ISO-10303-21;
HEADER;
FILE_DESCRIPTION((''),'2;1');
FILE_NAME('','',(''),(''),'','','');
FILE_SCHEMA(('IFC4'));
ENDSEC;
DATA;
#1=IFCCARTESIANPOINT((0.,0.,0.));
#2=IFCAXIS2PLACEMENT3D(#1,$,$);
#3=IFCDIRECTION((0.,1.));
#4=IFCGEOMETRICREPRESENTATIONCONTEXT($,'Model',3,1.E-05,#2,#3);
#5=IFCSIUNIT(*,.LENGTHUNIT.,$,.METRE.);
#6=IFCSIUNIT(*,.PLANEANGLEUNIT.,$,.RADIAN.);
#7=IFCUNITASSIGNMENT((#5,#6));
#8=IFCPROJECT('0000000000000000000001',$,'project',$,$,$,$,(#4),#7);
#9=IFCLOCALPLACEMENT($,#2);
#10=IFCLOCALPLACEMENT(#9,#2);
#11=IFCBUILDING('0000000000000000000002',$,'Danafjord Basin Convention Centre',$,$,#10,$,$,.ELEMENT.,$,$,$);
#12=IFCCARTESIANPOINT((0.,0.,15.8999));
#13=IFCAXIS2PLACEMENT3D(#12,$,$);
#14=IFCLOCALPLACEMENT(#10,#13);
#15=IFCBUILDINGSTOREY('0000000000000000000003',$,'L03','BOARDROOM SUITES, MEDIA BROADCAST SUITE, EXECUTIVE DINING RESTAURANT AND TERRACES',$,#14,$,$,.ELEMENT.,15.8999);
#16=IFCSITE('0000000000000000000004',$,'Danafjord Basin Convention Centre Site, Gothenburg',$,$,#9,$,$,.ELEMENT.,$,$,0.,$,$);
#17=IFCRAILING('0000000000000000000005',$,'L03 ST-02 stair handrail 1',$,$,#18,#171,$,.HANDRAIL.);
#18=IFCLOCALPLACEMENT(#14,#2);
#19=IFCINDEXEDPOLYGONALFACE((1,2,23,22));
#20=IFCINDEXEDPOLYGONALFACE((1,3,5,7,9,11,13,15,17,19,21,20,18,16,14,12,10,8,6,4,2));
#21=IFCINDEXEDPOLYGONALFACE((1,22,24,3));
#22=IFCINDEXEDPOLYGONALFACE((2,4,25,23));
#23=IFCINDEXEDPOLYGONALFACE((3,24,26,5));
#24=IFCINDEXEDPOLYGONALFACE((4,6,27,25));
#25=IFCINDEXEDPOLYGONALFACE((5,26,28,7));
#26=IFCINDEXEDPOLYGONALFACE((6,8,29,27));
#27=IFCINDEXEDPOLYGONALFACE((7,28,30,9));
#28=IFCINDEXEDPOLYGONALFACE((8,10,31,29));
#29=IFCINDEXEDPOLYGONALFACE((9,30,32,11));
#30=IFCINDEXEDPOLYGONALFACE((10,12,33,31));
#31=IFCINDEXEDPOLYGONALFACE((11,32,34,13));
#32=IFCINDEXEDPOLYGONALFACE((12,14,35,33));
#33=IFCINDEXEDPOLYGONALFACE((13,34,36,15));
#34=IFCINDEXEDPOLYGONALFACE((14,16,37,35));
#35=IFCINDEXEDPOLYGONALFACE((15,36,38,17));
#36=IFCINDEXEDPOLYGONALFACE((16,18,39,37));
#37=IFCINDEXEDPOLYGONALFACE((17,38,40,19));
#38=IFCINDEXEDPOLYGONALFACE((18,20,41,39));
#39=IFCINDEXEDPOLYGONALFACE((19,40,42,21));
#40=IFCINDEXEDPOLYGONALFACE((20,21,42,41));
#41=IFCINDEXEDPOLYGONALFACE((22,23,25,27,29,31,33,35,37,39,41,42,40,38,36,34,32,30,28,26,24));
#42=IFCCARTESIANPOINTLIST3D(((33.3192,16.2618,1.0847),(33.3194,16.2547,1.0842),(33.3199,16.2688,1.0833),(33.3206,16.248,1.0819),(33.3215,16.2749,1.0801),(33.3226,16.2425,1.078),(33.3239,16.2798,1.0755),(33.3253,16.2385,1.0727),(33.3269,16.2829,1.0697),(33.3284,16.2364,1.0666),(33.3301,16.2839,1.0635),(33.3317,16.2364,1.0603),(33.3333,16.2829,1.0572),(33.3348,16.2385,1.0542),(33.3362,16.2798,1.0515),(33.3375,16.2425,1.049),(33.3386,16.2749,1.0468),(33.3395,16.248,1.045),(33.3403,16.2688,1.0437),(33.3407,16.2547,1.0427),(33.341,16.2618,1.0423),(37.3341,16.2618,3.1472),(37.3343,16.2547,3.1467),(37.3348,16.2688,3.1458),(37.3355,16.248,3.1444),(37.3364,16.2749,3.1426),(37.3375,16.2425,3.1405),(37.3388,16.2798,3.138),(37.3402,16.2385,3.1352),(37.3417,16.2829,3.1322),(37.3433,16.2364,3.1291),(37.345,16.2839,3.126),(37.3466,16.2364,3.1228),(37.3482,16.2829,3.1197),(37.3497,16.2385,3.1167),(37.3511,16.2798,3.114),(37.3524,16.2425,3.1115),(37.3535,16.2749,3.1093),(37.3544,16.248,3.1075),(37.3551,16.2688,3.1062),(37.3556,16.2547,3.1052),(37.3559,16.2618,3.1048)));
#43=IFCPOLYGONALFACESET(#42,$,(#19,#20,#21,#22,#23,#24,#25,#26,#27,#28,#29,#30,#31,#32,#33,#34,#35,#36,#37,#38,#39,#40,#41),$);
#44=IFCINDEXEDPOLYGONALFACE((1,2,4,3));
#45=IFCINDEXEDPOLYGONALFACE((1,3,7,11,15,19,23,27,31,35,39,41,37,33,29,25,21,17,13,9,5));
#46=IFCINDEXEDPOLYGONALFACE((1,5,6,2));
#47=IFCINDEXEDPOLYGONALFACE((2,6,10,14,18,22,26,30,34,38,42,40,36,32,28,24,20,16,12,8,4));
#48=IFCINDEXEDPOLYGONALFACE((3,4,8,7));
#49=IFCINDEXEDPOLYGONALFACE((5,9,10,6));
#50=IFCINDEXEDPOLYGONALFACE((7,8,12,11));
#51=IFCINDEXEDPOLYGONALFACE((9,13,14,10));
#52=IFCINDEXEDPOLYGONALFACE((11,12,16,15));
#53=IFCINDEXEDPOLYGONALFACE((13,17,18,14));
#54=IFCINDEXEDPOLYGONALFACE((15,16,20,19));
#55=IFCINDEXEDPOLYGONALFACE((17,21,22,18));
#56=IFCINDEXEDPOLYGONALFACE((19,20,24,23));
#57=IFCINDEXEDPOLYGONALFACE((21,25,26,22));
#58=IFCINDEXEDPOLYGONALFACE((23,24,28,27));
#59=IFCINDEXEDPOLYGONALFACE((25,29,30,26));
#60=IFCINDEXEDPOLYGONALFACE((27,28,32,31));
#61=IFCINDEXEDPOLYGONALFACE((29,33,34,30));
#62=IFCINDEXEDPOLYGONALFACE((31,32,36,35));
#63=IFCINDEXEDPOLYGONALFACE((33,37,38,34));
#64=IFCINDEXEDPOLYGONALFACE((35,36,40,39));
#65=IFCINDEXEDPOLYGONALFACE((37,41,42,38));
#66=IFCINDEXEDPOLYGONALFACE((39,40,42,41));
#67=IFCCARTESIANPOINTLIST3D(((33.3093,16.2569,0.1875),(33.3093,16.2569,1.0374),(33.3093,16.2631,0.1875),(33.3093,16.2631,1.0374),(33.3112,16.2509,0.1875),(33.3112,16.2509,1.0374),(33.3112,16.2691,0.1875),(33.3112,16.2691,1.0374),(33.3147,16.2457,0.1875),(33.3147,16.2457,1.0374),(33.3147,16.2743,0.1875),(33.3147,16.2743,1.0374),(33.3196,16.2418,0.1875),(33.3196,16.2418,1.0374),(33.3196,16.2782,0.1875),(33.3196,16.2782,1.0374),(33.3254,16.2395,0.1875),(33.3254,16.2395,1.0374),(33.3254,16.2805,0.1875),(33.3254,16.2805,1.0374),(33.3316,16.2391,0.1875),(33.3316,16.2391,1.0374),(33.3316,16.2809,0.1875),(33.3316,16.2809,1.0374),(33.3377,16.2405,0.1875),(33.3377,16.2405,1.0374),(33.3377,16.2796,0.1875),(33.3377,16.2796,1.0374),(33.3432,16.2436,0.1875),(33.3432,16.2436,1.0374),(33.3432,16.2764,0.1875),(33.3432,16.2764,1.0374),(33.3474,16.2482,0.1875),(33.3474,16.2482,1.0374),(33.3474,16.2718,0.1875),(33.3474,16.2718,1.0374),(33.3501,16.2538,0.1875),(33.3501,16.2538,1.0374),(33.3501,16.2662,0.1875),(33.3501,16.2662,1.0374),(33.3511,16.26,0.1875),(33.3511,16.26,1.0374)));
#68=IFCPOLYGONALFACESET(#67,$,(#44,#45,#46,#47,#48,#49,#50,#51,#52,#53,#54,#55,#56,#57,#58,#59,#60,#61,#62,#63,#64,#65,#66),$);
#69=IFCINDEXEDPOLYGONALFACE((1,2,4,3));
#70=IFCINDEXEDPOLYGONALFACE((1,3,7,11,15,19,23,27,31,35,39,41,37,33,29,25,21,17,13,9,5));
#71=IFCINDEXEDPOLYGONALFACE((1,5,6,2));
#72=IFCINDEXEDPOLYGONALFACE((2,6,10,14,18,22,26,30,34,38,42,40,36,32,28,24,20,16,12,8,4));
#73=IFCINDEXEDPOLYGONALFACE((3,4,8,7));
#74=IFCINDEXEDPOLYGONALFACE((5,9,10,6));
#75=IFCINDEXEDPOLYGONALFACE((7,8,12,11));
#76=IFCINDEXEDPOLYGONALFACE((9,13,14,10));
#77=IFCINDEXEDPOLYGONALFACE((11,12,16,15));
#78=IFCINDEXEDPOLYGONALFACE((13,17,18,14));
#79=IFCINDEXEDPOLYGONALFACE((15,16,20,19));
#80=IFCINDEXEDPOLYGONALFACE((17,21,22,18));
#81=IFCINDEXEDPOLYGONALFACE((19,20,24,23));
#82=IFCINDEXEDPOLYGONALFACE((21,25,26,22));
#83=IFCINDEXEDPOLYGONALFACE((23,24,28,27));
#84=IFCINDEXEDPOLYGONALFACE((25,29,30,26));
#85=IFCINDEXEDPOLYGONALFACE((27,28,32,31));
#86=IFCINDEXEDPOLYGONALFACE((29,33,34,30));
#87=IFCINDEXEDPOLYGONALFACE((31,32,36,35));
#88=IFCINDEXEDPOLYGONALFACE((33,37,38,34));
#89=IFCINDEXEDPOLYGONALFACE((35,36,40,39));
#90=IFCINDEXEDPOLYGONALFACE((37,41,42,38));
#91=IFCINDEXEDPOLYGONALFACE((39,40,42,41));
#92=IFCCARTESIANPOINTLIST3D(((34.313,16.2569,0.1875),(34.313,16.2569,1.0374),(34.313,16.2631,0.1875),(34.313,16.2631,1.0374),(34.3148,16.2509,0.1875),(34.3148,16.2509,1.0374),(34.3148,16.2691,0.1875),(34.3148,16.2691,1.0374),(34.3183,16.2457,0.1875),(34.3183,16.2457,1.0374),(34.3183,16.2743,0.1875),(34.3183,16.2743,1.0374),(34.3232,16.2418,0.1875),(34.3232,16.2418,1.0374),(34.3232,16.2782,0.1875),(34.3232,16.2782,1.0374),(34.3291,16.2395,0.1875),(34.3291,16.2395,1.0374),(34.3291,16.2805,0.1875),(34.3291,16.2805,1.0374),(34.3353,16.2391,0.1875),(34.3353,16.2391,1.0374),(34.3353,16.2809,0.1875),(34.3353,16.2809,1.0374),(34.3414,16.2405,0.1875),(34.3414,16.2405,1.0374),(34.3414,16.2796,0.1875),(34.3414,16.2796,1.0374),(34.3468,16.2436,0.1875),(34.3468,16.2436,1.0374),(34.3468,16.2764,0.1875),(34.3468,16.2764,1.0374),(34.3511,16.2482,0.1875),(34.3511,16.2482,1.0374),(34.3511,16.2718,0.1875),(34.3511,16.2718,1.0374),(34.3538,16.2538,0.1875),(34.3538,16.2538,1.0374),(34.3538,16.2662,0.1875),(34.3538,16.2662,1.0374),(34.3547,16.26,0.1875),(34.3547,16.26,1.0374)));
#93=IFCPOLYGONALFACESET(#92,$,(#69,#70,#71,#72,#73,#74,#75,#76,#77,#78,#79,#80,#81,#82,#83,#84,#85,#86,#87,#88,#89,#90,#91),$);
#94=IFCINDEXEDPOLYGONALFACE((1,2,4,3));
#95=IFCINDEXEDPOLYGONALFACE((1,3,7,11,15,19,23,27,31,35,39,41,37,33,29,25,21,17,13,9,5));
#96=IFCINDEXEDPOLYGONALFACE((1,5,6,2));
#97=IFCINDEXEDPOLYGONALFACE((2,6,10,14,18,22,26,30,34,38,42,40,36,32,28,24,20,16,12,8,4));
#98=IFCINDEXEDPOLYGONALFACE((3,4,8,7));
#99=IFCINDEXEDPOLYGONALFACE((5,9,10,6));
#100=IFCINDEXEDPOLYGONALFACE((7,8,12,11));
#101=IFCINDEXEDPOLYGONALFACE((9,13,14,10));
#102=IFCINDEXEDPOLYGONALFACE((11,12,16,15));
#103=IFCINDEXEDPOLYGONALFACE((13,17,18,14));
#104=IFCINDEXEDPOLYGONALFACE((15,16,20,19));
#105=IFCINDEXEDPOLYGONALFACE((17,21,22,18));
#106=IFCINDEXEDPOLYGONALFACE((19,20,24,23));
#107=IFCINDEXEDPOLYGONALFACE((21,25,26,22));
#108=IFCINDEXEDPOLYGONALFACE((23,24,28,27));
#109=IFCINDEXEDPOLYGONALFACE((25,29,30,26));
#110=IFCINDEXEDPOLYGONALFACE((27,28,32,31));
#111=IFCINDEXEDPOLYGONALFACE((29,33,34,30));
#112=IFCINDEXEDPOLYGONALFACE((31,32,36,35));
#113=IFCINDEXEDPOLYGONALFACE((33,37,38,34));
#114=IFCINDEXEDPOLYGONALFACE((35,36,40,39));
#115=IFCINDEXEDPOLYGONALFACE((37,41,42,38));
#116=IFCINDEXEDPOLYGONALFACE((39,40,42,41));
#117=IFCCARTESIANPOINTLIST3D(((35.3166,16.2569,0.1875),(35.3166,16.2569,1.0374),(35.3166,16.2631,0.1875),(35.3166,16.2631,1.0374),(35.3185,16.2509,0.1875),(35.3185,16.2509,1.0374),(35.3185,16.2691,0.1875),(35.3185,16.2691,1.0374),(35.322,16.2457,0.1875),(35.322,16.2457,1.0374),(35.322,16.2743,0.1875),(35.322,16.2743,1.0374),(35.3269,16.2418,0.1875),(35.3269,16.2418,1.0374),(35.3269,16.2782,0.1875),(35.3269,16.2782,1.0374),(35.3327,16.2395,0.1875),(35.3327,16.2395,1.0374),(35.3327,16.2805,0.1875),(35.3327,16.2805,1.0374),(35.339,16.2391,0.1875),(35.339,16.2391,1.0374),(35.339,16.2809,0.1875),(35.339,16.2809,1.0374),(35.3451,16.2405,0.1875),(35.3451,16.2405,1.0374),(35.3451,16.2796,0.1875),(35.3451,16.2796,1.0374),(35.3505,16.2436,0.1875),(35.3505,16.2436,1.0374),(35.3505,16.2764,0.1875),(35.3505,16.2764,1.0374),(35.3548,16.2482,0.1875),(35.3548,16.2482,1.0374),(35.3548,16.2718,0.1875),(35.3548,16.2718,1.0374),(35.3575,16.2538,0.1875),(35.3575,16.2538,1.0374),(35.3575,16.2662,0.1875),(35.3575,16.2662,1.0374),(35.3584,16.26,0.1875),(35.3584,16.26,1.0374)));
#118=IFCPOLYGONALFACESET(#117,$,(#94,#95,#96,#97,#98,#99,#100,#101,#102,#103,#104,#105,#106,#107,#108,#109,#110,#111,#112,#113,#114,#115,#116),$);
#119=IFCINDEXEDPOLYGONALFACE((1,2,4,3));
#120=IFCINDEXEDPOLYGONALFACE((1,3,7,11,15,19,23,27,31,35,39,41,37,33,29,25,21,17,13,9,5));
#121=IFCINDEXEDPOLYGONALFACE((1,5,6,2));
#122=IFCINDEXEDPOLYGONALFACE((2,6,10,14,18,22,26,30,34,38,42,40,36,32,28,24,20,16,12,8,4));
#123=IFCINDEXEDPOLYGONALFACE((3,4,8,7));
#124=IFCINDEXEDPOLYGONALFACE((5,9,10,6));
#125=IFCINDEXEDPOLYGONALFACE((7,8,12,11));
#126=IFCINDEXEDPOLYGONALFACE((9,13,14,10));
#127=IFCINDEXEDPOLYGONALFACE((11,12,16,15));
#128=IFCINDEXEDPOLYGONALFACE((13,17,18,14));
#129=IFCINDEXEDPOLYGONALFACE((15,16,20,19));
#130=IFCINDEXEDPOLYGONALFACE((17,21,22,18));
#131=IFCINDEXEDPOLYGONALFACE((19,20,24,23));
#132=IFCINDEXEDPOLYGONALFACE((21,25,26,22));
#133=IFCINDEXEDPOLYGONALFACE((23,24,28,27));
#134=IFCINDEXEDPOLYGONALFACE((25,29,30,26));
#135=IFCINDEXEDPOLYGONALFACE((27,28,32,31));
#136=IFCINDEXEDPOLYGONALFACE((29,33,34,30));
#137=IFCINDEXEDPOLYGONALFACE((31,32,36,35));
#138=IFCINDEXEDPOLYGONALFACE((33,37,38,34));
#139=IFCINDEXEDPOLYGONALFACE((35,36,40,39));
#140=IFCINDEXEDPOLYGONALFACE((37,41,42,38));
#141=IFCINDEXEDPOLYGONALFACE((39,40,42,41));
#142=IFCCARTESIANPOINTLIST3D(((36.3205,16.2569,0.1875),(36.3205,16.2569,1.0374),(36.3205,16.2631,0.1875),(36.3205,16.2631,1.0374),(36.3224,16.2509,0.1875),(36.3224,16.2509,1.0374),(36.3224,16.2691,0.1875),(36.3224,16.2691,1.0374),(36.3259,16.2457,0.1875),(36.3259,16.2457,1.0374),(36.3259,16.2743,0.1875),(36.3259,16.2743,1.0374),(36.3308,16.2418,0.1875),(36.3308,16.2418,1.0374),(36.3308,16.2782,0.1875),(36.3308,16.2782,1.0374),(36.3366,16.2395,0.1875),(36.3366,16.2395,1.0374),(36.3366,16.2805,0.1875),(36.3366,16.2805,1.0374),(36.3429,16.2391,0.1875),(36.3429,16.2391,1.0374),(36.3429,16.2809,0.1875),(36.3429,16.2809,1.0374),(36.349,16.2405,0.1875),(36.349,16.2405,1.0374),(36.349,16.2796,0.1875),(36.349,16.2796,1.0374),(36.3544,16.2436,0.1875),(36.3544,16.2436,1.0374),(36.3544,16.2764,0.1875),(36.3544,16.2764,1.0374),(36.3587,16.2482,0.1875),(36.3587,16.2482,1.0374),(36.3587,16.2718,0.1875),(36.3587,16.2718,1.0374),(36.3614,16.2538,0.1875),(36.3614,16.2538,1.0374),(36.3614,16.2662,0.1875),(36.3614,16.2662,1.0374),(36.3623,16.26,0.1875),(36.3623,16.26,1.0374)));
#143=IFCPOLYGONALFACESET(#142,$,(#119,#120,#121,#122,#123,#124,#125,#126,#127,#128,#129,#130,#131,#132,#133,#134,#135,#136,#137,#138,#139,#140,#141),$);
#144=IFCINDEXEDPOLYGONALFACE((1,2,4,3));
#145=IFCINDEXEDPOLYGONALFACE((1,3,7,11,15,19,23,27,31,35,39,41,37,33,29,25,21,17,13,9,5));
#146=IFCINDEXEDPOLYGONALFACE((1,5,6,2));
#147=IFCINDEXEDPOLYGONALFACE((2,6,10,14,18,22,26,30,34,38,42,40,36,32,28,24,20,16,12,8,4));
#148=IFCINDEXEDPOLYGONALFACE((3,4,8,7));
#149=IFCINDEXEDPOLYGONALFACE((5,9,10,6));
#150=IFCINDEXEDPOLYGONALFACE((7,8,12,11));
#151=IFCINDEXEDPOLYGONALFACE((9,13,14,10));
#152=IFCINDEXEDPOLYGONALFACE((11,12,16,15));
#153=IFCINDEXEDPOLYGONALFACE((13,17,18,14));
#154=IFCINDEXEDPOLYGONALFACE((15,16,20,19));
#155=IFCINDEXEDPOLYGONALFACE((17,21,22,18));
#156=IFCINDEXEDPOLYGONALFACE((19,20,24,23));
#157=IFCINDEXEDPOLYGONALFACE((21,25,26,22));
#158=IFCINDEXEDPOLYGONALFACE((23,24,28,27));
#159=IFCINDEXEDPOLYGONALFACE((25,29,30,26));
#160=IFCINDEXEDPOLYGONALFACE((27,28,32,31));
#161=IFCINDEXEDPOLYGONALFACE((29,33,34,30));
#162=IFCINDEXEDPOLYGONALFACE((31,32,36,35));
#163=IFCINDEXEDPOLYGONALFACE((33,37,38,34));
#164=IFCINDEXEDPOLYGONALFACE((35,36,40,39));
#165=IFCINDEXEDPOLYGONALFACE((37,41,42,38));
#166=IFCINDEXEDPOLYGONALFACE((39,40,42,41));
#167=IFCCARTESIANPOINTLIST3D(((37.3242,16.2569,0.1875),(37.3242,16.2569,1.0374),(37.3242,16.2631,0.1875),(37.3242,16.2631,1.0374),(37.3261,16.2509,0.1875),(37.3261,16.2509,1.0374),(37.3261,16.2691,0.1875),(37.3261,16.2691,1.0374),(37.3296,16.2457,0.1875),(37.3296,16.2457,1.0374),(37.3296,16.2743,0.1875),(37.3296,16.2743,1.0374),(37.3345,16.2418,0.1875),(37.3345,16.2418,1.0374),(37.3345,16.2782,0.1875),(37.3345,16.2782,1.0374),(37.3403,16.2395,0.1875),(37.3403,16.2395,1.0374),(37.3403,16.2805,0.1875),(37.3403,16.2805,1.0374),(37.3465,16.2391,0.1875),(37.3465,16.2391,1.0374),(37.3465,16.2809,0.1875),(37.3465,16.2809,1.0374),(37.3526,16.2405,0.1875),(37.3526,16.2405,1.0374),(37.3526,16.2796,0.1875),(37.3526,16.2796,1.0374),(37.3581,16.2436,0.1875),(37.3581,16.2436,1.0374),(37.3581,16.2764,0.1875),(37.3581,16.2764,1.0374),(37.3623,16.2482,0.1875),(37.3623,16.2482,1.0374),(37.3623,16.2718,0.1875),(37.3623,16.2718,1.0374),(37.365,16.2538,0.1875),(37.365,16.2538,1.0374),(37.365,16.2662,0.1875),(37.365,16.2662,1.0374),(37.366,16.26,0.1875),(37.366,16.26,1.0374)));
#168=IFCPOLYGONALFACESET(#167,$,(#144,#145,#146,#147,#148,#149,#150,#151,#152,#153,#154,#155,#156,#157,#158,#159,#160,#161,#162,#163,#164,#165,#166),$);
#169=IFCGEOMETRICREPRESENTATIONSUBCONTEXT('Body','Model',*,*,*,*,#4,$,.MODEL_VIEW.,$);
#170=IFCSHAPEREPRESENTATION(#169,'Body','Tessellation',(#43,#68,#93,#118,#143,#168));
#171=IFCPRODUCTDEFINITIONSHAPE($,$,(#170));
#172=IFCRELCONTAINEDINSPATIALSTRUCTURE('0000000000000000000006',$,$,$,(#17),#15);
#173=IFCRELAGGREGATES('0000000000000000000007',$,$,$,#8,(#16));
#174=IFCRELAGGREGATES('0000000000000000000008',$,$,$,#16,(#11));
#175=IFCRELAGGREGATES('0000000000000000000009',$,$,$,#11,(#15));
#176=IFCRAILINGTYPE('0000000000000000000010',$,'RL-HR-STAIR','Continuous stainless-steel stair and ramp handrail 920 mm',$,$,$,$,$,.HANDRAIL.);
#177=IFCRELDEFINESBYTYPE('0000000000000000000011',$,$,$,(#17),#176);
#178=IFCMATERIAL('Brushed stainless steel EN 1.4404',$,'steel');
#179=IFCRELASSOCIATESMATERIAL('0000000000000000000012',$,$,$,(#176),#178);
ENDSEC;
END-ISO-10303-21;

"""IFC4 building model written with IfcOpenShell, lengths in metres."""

from ifc_helpers import new_model, si_unit, direction, frame, origin, origin_2d, place, context, subcontext, project, spatial, circle, extrude, material, type_object, element, save


model = new_model("IFC4")

# Units and contexts
model_context = context("Model", 3, precision=1e-05, world=origin(), true_north=direction((0.0, 1.0)))
body_context = subcontext(model_context, "Body", "Model", "MODEL_VIEW")
ifc_project = project(units=[si_unit("LENGTHUNIT", "METRE"), si_unit("PLANEANGLEUNIT", "RADIAN")], contexts=[model_context])

# Site, building, storey
site_placement = place(None, origin())
site = spatial("IfcSite", under=ifc_project, at=site_placement, Name="Danafjord Basin Convention Centre Site, Gothenburg", CompositionType="ELEMENT", RefElevation=0.0)
building_placement = place(site_placement, origin())
building = spatial("IfcBuilding", under=site, at=building_placement, Name="Danafjord Basin Convention Centre", CompositionType="ELEMENT")
storey_placement = place(building_placement, frame((0.0, 0.0, 15.8999)))
storey = spatial("IfcBuildingStorey", under=building, at=storey_placement, Name="L03", Description="BOARDROOM SUITES, MEDIA BROADCAST SUITE, EXECUTIVE DINING RESTAURANT AND TERRACES", CompositionType="ELEMENT", Elevation=15.8999)

# Railing
ifc_material_1 = material(Name="Brushed stainless steel EN 1.4404", Category="steel")
railing_type_1 = type_object("IfcRailingType", Name="RL-HR-STAIR", Description="Continuous stainless-steel stair and ramp handrail 920 mm", PredefinedType="HANDRAIL", material=ifc_material_1)
railing_1_placement = place(storey_placement, frame((33.3301, 16.26, 0.1875)))
element("IfcRailing", 1, at=railing_1_placement, inside=storey, type_object=railing_type_1, Name="L03 ST-02 stair handrail 1", PredefinedType="HANDRAIL", context=body_context, shape_type="SweptSolid", body=[
    extrude(circle(Radius=0.0239, at=origin_2d()), frame((0.0, 0.0, 0.876), z_axis=(0.889495, 0.0, 0.456945), x_axis=(0.0, 1.0, 0.0)), (0.0, 0.0, 1.0), 4.5137),
    extrude(circle(Radius=0.021, at=origin_2d()), origin(), (0.0, 0.0, 1.0), 0.8499),
    extrude(circle(Radius=0.021, at=origin_2d()), frame((1.0037, 0.0, 0.0)), (0.0, 0.0, 1.0), 0.8499),
    extrude(circle(Radius=0.021, at=origin_2d()), frame((2.0073, 0.0, 0.0)), (0.0, 0.0, 1.0), 0.8499),
    extrude(circle(Radius=0.021, at=origin_2d()), frame((3.0112, 0.0, 0.0)), (0.0, 0.0, 1.0), 0.8499),
    extrude(circle(Radius=0.021, at=origin_2d()), frame((4.0149, 0.0, 0.0)), (0.0, 0.0, 1.0), 0.8499),
])

save(model, "model.ifc")
